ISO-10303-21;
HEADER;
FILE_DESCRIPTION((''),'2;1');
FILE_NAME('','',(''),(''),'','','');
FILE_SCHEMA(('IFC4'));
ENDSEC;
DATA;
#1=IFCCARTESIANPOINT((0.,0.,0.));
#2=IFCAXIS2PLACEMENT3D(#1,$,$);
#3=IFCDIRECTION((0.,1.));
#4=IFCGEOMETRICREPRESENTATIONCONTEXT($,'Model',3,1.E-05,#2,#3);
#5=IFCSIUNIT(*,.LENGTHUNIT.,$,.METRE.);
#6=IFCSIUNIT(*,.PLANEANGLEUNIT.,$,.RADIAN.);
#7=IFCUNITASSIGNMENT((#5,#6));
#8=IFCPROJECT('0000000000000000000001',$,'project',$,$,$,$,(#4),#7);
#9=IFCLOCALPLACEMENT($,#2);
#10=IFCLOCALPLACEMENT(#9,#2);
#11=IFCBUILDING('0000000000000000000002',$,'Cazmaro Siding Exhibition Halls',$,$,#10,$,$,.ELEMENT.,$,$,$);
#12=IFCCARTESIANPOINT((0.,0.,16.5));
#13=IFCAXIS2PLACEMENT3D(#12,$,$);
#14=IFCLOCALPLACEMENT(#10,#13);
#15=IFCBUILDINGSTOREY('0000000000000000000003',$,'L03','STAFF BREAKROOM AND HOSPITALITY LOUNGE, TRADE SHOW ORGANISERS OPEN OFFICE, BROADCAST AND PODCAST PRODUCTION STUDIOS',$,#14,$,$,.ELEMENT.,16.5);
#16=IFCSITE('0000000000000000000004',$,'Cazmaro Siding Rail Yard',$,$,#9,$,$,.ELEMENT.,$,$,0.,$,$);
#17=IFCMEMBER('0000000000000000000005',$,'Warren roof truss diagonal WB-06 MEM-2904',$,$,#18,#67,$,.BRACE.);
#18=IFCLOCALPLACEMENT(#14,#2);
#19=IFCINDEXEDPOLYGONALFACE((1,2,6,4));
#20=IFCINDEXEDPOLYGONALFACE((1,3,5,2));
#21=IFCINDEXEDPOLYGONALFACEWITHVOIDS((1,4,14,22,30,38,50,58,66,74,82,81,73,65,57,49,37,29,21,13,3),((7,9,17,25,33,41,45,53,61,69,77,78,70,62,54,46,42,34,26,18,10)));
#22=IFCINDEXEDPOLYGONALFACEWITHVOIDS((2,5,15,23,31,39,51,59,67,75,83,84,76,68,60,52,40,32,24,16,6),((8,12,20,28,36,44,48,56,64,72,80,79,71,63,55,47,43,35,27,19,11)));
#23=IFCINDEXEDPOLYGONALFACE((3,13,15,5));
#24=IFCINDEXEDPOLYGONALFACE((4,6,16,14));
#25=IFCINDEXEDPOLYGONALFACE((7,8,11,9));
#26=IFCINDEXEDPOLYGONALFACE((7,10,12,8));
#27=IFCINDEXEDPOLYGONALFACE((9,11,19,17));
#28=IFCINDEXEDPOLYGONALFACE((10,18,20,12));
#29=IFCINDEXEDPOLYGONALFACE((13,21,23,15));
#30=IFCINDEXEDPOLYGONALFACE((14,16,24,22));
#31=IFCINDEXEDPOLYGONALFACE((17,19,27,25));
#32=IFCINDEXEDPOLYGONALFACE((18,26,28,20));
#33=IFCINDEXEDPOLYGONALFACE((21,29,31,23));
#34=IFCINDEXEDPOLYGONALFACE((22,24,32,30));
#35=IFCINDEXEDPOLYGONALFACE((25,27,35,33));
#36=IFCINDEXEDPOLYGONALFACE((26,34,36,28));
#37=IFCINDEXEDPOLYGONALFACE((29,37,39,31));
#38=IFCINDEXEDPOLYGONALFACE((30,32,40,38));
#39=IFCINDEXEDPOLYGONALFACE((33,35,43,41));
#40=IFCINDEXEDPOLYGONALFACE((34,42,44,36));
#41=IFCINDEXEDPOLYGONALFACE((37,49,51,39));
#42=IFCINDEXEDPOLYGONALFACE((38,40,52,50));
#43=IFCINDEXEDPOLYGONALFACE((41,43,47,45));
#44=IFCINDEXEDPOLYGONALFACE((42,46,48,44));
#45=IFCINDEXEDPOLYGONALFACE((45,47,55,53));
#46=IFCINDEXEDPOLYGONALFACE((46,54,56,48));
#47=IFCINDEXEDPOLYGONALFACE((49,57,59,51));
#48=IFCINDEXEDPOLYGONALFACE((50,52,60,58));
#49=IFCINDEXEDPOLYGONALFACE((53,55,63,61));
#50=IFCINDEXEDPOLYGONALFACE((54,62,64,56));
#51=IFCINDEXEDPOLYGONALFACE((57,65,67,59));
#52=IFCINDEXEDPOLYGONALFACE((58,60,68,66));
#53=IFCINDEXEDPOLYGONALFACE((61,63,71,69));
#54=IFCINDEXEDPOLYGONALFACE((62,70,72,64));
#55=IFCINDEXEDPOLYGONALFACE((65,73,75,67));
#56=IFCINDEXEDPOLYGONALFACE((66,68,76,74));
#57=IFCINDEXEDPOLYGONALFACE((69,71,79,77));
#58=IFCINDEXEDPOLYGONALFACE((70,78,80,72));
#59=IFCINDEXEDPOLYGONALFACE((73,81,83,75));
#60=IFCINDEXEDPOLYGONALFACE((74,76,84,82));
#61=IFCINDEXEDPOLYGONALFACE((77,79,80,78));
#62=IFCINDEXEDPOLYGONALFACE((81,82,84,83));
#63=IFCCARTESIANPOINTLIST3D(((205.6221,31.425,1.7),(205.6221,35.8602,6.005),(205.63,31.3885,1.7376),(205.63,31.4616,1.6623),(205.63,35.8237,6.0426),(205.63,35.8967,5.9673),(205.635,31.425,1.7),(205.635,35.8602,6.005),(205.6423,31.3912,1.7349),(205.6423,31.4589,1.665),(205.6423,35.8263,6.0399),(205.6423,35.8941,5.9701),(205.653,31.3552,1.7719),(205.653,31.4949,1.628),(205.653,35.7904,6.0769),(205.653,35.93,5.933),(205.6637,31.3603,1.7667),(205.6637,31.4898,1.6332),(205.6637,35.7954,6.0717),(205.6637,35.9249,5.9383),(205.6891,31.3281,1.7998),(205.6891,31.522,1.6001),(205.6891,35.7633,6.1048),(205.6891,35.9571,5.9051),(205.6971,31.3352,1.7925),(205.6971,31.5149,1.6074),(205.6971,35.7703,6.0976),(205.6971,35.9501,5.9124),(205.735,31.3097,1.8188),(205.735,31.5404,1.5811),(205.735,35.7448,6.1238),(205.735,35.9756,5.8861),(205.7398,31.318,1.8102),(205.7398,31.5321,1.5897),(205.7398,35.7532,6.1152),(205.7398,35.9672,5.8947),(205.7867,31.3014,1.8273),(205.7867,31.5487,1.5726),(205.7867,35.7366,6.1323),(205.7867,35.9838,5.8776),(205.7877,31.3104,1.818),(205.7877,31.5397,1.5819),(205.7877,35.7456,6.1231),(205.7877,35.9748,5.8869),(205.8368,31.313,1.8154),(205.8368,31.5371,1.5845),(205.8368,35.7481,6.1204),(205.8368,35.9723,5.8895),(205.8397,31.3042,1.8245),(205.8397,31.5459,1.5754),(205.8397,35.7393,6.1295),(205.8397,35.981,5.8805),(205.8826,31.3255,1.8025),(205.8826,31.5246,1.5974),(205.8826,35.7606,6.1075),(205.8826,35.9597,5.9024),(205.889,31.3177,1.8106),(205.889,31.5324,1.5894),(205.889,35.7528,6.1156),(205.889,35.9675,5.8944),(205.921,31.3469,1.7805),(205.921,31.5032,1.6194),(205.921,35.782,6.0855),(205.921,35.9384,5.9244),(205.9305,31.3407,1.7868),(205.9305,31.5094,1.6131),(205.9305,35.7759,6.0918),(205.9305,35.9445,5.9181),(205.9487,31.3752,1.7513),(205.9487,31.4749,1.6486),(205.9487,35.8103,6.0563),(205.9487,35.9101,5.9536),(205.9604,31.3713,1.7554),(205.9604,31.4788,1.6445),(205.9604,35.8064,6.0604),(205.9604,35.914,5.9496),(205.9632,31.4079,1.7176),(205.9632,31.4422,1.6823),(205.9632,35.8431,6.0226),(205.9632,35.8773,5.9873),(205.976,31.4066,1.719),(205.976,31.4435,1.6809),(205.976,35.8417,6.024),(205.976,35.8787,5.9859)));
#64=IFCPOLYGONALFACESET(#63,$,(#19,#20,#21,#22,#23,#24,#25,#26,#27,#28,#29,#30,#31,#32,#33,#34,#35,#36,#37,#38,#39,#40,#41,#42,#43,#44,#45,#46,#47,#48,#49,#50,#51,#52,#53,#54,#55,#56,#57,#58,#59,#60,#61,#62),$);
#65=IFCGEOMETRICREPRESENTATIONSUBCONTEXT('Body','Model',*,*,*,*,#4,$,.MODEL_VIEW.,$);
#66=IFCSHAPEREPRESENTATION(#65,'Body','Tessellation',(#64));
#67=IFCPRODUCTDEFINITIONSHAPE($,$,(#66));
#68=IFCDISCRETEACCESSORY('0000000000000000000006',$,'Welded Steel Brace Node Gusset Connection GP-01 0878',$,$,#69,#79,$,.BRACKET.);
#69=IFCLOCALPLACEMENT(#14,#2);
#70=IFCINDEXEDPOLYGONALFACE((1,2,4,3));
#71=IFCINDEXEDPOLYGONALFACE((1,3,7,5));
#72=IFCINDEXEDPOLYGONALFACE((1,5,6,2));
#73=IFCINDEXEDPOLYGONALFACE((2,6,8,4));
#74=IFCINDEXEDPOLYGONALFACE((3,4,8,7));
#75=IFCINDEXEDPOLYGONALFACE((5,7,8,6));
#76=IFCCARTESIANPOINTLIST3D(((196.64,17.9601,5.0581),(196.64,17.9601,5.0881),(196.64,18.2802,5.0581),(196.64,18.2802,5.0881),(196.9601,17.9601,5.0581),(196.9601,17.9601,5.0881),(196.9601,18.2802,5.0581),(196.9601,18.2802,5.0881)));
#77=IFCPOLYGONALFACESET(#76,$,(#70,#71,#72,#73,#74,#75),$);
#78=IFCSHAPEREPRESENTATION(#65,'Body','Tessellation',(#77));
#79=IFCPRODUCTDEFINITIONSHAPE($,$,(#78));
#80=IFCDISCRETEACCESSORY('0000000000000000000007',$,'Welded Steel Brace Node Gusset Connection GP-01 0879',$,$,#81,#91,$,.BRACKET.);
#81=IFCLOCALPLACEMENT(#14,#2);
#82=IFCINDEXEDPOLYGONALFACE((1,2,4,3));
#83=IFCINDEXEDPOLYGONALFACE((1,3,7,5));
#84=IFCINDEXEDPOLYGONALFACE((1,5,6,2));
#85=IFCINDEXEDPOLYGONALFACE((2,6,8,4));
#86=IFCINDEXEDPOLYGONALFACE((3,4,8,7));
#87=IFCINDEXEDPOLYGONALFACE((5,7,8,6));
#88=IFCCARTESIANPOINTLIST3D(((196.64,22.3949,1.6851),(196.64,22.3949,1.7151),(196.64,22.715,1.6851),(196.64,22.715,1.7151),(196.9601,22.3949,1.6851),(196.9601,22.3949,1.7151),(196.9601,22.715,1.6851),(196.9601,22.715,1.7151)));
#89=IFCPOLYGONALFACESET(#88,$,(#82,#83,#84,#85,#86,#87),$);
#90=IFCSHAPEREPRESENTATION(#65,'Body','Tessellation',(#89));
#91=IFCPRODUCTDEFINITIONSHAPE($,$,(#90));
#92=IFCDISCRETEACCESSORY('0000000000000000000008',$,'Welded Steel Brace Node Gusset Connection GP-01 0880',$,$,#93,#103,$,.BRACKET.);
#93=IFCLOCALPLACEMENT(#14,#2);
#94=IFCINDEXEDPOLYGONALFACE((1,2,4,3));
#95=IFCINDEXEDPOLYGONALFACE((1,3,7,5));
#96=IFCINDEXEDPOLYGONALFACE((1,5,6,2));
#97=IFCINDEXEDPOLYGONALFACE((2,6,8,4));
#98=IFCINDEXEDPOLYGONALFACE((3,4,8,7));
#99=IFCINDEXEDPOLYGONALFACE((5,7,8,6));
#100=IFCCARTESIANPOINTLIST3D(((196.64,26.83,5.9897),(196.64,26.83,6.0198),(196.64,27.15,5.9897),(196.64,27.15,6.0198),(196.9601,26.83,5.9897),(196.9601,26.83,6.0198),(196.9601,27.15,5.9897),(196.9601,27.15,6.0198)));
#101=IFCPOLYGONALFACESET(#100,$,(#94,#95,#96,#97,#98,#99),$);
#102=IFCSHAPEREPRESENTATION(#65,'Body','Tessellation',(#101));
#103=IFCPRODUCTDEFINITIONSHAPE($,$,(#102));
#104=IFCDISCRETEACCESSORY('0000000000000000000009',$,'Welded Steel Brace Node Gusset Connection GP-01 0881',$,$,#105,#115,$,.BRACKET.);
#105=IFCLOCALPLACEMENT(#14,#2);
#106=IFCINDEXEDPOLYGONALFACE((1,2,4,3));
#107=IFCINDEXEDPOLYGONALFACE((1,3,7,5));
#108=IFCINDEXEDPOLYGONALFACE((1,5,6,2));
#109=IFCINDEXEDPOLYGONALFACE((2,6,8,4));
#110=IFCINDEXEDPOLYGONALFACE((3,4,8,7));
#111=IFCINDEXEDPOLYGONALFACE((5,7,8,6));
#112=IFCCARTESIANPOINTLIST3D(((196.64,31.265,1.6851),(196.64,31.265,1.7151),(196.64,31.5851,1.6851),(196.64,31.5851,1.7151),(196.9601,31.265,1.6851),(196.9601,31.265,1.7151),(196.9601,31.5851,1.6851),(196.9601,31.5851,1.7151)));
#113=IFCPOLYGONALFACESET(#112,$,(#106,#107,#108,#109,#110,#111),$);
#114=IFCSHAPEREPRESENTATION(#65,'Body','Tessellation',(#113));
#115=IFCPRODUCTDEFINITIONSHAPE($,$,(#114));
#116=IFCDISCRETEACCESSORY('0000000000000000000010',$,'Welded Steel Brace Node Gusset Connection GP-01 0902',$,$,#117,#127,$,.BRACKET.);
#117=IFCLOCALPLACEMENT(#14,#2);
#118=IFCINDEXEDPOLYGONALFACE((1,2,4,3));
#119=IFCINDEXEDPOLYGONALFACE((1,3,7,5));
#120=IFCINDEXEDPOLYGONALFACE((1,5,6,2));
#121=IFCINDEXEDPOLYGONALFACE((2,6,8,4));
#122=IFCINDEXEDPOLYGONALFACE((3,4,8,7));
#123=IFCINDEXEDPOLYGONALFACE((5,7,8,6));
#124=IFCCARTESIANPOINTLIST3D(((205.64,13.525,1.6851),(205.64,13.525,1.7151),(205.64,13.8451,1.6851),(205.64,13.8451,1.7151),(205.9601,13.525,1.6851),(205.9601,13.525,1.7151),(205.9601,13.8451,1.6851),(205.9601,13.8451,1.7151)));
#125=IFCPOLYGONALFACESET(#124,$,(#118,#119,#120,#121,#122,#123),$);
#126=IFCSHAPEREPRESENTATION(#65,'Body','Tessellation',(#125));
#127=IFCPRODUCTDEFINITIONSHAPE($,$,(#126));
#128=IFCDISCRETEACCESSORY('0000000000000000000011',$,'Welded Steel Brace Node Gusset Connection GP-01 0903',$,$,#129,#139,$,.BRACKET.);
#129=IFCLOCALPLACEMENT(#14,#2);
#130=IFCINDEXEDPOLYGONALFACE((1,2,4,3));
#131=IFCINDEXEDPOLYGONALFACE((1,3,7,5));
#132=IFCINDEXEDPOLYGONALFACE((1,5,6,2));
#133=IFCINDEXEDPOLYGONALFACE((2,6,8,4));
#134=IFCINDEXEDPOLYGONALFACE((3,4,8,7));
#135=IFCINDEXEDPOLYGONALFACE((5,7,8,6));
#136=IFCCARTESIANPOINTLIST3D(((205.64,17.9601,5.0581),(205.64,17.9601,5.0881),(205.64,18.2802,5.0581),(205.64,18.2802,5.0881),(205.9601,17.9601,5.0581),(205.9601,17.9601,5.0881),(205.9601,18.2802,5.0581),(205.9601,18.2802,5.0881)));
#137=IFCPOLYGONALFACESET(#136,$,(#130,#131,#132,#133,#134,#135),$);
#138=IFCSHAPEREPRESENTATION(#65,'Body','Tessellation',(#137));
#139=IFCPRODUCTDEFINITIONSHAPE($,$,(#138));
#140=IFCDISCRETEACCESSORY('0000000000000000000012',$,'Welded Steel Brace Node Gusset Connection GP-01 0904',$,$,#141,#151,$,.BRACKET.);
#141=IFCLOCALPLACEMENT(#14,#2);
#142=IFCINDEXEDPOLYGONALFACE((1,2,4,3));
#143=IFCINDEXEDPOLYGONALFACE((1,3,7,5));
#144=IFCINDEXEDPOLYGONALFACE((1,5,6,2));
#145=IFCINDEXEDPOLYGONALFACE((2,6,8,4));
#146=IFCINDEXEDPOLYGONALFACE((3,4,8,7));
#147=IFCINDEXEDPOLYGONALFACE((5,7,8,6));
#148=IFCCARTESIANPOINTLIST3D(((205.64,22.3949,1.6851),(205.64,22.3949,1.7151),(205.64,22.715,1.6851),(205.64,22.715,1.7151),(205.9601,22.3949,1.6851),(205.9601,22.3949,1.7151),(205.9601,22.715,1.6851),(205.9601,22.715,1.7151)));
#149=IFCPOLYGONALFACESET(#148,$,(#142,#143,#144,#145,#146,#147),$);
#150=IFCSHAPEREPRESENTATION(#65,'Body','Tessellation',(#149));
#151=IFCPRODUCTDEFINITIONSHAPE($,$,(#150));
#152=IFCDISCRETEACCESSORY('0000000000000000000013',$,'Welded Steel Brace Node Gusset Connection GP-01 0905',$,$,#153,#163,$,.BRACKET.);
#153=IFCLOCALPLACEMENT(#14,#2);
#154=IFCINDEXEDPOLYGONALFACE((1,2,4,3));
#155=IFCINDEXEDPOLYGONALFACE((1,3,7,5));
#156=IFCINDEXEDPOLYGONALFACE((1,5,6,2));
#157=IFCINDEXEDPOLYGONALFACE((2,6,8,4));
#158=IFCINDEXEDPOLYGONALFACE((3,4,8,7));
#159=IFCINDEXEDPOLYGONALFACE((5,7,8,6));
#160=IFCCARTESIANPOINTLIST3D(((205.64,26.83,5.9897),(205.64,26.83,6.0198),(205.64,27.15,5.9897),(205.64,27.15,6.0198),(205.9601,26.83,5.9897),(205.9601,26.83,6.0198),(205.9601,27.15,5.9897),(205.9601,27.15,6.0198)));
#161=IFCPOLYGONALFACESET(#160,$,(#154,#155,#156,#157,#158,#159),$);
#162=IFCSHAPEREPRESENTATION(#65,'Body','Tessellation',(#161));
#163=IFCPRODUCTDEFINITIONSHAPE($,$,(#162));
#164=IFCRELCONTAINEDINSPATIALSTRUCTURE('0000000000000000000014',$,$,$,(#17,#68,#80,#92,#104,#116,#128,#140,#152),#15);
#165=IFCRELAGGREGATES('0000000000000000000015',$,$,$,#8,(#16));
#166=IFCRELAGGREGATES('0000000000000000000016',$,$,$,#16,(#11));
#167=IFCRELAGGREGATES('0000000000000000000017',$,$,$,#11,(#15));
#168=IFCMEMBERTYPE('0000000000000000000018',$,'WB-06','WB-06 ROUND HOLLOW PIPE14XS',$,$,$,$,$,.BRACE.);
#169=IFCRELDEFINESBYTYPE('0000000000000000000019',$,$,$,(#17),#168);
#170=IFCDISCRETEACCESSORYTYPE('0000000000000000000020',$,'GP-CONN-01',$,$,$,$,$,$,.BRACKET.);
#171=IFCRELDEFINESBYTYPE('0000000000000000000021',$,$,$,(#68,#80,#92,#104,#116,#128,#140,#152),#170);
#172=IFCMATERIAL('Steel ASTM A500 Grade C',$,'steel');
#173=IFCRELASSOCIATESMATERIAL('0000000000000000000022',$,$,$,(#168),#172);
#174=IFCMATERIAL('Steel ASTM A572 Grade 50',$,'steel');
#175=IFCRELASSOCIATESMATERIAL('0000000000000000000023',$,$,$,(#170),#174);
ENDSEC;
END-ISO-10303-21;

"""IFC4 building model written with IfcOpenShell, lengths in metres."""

from ifc_helpers import new_model, si_unit, direction, frame, origin, origin_2d, place, context, subcontext, project, spatial, rectangle, hollow_circle, extrude, material, material_profile, profile_set, type_object, element, save


model = new_model("IFC4")

# Units and contexts
model_context = context("Model", 3, precision=1e-05, world=origin(), true_north=direction((0.0, 1.0)))
body_context = subcontext(model_context, "Body", "Model", "MODEL_VIEW")
ifc_project = project(units=[si_unit("LENGTHUNIT", "METRE"), si_unit("PLANEANGLEUNIT", "RADIAN")], contexts=[model_context])

# Site, building, storey
site_placement = place(None, origin())
site = spatial("IfcSite", under=ifc_project, at=site_placement, Name="Cazmaro Siding Rail Yard", CompositionType="ELEMENT", RefElevation=0.0)
building_placement = place(site_placement, origin())
building = spatial("IfcBuilding", under=site, at=building_placement, Name="Cazmaro Siding Exhibition Halls", CompositionType="ELEMENT")
storey_placement = place(building_placement, frame((0.0, 0.0, 16.5)))
storey = spatial("IfcBuildingStorey", under=building, at=storey_placement, Name="L03", Description="STAFF BREAKROOM AND HOSPITALITY LOUNGE, TRADE SHOW ORGANISERS OPEN OFFICE, BROADCAST AND PODCAST PRODUCTION STUDIOS", CompositionType="ELEMENT", Elevation=16.5)

# Member
ifc_material_1 = material(Name="Steel ASTM A500 Grade C", Category="steel")
ifc_material_profile_1 = material_profile(ifc_material_1, hollow_circle(Radius=0.178, WallThickness=0.0129, at=origin_2d()), Name="PIPE14XS")
ifc_profile_set_1 = profile_set([ifc_material_profile_1], Name="Steel ASTM A500 Grade C")
member_type_1 = type_object("IfcMemberType", Name="WB-06", Description="WB-06 ROUND HOLLOW PIPE14XS", PredefinedType="BRACE", material=ifc_profile_set_1)
for number, where, z_axis, x_axis, name in (
    (1, (205.8, 31.425, 1.7), (0.0, 0.717555, 0.696502), (-1.0, 0.0, 0.0), "Warren roof truss diagonal WB-06 MEM-2904"),
):
    element("IfcMember", number, at=place(storey_placement, frame(where, z_axis=z_axis, x_axis=x_axis)), inside=storey, type_object=member_type_1, Name=name, PredefinedType="BRACE", context=body_context, shape_type="SweptSolid", body=[
        extrude(hollow_circle(Radius=0.178, WallThickness=0.0129, at=origin_2d()), origin(), (0.0, 0.0, 1.0), 6.1809),
    ])

# Discrete accessories
ifc_material_2 = material(Name="Steel ASTM A572 Grade 50", Category="steel")
discrete_accessory_type = type_object("IfcDiscreteAccessoryType", Name="GP-CONN-01", PredefinedType="BRACKET", material=ifc_material_2)
for number, where, z_axis, x_axis, name in (
    (2, (196.8, 18.1201, 5.0581), (0.0, 0.0, 1.0), (1.0, 0.0, 0.0), "Welded Steel Brace Node Gusset Connection GP-01 0878"),
    (3, (196.8, 22.5549, 1.6851), (0.0, 0.0, 1.0), (1.0, 0.0, 0.0), "Welded Steel Brace Node Gusset Connection GP-01 0879"),
    (4, (196.8, 26.99, 5.9897), (0.0, 0.0, 1.0), (1.0, 0.0, 0.0), "Welded Steel Brace Node Gusset Connection GP-01 0880"),
    (5, (196.8, 31.425, 1.6851), (0.0, 0.0, 1.0), (1.0, 0.0, 0.0), "Welded Steel Brace Node Gusset Connection GP-01 0881"),
    (6, (205.8, 13.6851, 1.6851), (0.0, 0.0, 1.0), (1.0, 0.0, 0.0), "Welded Steel Brace Node Gusset Connection GP-01 0902"),
    (7, (205.8, 18.1201, 5.0581), (0.0, 0.0, 1.0), (1.0, 0.0, 0.0), "Welded Steel Brace Node Gusset Connection GP-01 0903"),
    (8, (205.8, 22.5549, 1.6851), (0.0, 0.0, 1.0), (1.0, 0.0, 0.0), "Welded Steel Brace Node Gusset Connection GP-01 0904"),
    (9, (205.8, 26.99, 5.9897), (0.0, 0.0, 1.0), (1.0, 0.0, 0.0), "Welded Steel Brace Node Gusset Connection GP-01 0905"),
):
    element("IfcDiscreteAccessory", number, at=place(storey_placement, frame(where, z_axis=z_axis, x_axis=x_axis)), inside=storey, type_object=discrete_accessory_type, Name=name, PredefinedType="BRACKET", context=body_context, shape_type="SweptSolid", body=[
        extrude(rectangle(XDim=0.3201, YDim=0.3201, at=origin_2d()), origin(), (0.0, 0.0, 1.0), 0.03),
    ])

save(model, "model.ifc")
